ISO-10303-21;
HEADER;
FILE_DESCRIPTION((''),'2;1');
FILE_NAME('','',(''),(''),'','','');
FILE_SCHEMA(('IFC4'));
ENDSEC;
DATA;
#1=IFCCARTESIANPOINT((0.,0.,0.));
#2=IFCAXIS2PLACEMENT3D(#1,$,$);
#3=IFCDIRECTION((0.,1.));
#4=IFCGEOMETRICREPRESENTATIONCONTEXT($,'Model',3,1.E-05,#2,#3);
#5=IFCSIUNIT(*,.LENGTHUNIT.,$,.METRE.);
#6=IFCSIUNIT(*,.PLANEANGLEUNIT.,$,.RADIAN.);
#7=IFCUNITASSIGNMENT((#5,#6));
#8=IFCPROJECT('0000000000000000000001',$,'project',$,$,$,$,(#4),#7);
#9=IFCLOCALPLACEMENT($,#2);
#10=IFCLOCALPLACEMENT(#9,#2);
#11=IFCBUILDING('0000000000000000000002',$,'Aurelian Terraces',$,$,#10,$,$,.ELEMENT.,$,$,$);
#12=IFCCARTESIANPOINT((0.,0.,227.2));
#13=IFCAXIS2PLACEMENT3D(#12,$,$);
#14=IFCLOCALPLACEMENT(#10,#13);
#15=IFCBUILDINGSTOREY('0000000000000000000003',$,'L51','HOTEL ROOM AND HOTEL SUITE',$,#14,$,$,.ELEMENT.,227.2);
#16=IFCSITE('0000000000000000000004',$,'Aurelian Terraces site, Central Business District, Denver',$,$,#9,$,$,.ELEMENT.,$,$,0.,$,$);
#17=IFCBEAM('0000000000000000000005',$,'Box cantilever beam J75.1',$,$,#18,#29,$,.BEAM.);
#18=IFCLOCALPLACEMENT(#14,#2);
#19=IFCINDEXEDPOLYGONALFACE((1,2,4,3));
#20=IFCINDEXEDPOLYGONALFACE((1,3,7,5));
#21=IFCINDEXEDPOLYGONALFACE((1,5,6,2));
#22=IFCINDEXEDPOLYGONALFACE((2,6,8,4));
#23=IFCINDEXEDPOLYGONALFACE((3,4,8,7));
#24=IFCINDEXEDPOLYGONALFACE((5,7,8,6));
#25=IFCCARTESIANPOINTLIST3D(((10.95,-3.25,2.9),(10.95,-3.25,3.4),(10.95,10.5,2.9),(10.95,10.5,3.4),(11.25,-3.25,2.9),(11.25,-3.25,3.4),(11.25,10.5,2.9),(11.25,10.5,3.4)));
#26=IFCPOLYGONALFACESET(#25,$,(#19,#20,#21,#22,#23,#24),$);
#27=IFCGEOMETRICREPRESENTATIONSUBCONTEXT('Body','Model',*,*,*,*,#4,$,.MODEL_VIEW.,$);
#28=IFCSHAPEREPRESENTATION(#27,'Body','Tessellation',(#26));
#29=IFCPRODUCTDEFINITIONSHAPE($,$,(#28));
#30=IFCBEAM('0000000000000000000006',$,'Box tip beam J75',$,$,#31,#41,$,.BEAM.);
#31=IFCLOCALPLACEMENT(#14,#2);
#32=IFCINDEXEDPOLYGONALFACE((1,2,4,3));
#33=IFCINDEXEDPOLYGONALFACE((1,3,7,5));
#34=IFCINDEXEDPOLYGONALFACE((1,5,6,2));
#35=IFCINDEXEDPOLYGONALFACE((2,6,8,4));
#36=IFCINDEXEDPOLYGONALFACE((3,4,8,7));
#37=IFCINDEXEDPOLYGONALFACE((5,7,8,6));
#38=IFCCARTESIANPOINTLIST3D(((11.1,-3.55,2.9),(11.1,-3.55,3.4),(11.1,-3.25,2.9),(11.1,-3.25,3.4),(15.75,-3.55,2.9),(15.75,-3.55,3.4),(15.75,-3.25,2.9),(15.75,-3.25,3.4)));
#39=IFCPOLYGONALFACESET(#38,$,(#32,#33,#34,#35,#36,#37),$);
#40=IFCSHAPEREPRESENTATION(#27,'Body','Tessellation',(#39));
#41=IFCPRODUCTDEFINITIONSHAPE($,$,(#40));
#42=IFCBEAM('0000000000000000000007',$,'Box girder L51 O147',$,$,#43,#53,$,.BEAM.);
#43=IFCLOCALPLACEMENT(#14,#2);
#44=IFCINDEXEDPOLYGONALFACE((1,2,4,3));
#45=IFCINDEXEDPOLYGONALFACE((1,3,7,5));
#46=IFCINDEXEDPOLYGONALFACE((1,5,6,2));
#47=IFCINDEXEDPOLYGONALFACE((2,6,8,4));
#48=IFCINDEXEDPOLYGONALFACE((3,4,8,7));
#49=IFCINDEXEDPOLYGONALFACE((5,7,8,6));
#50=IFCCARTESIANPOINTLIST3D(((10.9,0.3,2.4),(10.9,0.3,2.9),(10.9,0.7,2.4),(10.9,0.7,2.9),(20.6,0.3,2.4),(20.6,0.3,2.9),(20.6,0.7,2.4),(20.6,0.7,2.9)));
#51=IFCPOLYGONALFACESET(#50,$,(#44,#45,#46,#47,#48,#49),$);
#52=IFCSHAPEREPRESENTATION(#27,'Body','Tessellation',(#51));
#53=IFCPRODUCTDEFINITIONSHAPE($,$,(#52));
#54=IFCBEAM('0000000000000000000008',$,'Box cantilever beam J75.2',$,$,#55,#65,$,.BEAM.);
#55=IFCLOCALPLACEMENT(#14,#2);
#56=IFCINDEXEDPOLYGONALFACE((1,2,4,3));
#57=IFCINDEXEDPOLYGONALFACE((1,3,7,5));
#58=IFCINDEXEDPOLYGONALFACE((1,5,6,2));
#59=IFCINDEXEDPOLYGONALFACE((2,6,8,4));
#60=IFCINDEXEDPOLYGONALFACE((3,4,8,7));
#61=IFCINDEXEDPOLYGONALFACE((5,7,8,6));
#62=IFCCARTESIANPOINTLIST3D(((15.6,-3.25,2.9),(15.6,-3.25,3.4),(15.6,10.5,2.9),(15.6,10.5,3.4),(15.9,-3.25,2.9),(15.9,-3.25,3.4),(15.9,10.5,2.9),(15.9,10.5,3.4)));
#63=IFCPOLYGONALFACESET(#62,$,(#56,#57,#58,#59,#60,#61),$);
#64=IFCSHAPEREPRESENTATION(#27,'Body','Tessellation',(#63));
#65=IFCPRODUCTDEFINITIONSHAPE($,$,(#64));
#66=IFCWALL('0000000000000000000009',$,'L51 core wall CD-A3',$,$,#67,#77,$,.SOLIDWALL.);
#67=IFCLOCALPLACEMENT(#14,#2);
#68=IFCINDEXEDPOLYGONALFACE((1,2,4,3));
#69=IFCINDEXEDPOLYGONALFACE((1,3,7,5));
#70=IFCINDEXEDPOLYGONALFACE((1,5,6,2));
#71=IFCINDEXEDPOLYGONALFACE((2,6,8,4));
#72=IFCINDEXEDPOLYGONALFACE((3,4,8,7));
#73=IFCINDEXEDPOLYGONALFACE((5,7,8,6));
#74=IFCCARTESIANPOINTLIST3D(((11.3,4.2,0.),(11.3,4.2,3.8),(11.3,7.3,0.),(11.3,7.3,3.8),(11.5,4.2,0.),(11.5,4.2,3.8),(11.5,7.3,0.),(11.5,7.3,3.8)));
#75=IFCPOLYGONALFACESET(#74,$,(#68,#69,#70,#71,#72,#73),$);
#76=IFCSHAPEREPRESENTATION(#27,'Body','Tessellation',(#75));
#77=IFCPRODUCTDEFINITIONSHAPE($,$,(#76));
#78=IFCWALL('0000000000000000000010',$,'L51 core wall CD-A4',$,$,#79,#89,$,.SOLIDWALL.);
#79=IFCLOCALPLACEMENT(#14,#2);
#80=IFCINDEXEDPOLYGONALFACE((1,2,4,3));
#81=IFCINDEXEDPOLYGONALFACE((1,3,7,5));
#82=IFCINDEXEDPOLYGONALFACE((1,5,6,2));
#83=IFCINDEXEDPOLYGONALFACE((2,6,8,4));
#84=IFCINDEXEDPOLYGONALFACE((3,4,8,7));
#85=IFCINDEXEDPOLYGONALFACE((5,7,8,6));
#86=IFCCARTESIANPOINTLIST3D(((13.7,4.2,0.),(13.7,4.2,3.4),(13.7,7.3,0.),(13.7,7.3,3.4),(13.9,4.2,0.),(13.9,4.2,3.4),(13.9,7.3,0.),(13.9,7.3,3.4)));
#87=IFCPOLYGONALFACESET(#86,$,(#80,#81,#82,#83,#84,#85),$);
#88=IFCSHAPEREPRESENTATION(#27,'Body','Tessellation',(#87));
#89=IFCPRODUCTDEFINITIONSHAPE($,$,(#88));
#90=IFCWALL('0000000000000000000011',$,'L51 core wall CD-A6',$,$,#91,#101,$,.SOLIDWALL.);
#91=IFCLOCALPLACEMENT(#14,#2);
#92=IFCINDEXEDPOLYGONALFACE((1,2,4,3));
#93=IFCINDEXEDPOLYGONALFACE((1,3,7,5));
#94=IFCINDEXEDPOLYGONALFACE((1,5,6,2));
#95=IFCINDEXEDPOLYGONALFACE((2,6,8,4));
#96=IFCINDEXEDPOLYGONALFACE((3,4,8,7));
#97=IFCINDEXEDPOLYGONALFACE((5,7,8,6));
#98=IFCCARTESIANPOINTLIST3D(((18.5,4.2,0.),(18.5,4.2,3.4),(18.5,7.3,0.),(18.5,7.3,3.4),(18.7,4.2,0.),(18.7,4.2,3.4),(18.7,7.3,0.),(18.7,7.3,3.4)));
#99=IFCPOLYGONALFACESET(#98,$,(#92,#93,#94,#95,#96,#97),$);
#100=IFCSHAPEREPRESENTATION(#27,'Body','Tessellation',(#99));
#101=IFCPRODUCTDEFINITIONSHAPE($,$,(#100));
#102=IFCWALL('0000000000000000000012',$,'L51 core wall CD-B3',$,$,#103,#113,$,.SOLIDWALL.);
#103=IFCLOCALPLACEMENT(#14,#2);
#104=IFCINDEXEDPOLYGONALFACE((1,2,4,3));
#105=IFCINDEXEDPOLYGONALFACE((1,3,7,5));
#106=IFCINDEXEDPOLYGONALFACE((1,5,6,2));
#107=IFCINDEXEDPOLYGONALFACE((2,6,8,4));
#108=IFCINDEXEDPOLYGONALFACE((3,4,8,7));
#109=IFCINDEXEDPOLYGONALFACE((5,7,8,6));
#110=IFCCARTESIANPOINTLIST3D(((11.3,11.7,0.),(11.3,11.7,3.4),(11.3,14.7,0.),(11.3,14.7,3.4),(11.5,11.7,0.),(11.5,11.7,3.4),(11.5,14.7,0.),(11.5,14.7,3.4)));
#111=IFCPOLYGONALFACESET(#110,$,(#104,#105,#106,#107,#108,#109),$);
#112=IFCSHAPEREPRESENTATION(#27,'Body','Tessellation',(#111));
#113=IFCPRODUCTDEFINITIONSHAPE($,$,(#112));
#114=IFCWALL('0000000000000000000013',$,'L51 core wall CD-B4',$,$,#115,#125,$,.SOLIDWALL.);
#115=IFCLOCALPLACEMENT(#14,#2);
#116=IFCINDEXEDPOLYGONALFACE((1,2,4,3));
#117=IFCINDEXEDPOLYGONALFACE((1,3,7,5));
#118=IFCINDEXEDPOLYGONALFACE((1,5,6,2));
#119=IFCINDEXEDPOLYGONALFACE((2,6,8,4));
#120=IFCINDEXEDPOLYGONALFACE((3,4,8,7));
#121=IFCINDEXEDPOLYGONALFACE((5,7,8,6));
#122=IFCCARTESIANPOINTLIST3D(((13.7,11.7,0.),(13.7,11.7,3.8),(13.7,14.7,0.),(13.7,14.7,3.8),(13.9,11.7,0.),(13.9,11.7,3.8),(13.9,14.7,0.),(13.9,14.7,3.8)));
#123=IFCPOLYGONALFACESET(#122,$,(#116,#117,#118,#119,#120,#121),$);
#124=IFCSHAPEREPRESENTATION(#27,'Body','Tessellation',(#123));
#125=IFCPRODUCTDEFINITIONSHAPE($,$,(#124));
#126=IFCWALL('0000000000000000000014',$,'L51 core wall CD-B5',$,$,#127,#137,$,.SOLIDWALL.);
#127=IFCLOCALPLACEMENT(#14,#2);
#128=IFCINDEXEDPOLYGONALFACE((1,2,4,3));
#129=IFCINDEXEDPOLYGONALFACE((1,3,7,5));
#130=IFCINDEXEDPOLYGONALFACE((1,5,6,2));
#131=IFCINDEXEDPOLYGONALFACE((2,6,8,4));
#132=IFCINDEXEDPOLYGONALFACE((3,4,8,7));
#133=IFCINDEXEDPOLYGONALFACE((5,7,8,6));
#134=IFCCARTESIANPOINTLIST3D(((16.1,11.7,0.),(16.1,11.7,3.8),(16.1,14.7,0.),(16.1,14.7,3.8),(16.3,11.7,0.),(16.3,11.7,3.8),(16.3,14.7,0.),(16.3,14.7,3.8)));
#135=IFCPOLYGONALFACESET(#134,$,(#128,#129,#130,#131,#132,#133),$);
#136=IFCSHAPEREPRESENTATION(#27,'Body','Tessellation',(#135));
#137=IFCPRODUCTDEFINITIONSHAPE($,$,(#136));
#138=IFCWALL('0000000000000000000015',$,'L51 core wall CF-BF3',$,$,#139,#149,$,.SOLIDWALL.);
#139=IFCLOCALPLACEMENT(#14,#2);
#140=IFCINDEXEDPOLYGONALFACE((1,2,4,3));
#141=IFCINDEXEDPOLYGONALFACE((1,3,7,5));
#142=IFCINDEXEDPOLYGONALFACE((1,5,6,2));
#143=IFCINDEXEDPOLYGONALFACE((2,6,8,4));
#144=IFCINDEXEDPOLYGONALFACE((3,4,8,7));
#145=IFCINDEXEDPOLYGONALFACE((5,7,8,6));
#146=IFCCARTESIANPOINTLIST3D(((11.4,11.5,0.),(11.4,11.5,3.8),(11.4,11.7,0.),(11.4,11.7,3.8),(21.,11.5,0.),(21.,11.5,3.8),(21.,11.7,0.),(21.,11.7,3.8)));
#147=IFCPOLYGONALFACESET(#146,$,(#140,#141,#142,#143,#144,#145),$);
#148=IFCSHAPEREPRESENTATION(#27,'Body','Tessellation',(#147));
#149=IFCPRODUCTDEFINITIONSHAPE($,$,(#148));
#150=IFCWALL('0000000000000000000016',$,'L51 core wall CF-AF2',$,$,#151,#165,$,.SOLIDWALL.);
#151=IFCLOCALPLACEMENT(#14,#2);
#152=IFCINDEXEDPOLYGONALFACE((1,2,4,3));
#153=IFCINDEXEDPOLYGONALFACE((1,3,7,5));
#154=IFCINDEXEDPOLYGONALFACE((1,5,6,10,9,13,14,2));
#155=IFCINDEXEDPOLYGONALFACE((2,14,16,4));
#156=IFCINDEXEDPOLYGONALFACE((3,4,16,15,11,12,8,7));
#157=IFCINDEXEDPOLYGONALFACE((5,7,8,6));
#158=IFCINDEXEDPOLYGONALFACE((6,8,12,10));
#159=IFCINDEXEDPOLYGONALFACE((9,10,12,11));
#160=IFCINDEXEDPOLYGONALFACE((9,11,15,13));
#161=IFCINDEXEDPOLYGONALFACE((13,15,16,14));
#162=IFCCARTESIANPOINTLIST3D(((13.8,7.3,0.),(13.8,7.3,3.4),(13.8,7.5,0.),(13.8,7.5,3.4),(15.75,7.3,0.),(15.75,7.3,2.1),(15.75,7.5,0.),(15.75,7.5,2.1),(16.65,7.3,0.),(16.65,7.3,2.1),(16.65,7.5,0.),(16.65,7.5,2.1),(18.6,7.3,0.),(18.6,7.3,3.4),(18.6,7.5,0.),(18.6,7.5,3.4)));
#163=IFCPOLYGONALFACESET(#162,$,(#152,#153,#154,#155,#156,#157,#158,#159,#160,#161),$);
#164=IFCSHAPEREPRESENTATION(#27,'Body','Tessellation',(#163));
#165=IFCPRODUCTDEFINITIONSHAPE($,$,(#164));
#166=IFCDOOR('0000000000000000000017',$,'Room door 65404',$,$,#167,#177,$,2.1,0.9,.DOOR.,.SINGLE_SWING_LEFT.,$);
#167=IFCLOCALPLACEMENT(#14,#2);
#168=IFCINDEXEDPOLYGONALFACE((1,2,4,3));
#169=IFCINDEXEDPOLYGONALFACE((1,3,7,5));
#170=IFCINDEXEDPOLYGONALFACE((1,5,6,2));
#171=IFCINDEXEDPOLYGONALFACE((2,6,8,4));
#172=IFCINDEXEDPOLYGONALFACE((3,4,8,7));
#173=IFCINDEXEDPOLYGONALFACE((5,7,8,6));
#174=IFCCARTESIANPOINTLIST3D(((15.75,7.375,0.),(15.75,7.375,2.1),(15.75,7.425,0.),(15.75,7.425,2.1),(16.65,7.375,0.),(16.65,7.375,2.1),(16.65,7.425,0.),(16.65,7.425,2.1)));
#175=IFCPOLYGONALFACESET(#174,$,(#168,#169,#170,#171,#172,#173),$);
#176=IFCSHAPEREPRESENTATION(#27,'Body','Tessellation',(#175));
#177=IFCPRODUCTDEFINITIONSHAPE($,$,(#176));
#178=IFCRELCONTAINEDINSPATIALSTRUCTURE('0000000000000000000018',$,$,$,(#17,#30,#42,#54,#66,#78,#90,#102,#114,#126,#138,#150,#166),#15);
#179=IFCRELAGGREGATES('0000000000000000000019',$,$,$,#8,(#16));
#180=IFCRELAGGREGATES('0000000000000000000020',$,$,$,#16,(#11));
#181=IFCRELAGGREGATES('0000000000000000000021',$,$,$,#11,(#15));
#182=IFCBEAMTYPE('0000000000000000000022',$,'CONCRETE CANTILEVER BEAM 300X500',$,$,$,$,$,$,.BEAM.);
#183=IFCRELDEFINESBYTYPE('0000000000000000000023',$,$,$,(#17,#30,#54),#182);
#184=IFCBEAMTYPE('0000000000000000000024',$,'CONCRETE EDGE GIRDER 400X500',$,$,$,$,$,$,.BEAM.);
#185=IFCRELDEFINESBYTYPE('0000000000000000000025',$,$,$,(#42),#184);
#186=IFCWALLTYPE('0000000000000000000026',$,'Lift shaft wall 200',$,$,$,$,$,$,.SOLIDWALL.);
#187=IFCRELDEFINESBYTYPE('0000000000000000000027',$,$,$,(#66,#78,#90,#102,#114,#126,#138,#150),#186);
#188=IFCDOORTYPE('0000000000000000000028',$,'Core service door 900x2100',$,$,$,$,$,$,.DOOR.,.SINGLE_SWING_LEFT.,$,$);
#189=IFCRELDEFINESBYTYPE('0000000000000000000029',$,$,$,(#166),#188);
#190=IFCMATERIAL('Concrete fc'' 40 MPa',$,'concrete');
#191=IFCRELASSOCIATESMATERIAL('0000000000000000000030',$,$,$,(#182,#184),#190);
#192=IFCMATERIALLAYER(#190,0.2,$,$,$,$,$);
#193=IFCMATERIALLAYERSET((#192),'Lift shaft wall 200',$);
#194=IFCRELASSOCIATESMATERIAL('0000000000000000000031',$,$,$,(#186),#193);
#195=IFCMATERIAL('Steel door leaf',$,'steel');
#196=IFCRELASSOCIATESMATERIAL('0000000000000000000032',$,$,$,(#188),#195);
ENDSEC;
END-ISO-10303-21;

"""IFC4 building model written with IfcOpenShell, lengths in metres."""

from ifc_helpers import new_model, si_unit, direction, frame, frame_2d, origin, origin_2d, place, context, subcontext, project, spatial, rectangle, extrude, source, transform, mapped, material, layer, layer_set, material_profile, profile_set, type_object, element, fill, save


model = new_model("IFC4")

# Units and contexts
model_context = context("Model", 3, precision=1e-05, world=origin(), true_north=direction((0.0, 1.0)))
body_context = subcontext(model_context, "Body", "Model", "MODEL_VIEW")
ifc_project = project(units=[si_unit("LENGTHUNIT", "METRE"), si_unit("PLANEANGLEUNIT", "RADIAN")], contexts=[model_context])

# Site, building, storey
site_placement = place(None, origin())
site = spatial("IfcSite", under=ifc_project, at=site_placement, Name="Aurelian Terraces site, Central Business District, Denver", CompositionType="ELEMENT", RefElevation=0.0)
building_placement = place(site_placement, origin())
building = spatial("IfcBuilding", under=site, at=building_placement, Name="Aurelian Terraces", CompositionType="ELEMENT")
storey_placement = place(building_placement, frame((0.0, 0.0, 227.2)))
storey = spatial("IfcBuildingStorey", under=building, at=storey_placement, Name="L51", Description="HOTEL ROOM AND HOTEL SUITE", CompositionType="ELEMENT", Elevation=227.2)

# Beams
ifc_material_1 = material(Name="Concrete fc' 40 MPa", Category="concrete")
ifc_material_profile_1 = material_profile(ifc_material_1, rectangle(XDim=0.3, YDim=0.5, at=origin_2d()))
ifc_profile_set_1 = profile_set([ifc_material_profile_1], Name="Concrete fc' 40 MPa")
beam_type_1 = type_object("IfcBeamType", Name="CONCRETE CANTILEVER BEAM 300X500", PredefinedType="BEAM", material=ifc_profile_set_1)
beam_1_placement = place(storey_placement, frame((11.1, -3.25, 3.15), z_axis=(0.0, 1.0, 0.0), x_axis=(-1.0, 0.0, 0.0)))
element("IfcBeam", 1, at=beam_1_placement, inside=storey, type_object=beam_type_1, Name="Box cantilever beam J75.1", PredefinedType="BEAM", context=body_context, shape_type="SweptSolid", body=[
    extrude(rectangle(XDim=0.3, YDim=0.5, at=origin_2d()), origin(), (0.0, 0.0, 1.0), 13.75),
])
beam_2_placement = place(storey_placement, frame((11.1, -3.4, 3.15), z_axis=(1.0, 0.0, 0.0), x_axis=(0.0, 1.0, 0.0)))
element("IfcBeam", 2, at=beam_2_placement, inside=storey, type_object=beam_type_1, Name="Box tip beam J75", PredefinedType="BEAM", context=body_context, shape_type="SweptSolid", body=[
    extrude(rectangle(XDim=0.3, YDim=0.5, at=origin_2d()), origin(), (0.0, 0.0, 1.0), 4.65),
])
ifc_material_profile_2 = material_profile(ifc_material_1, rectangle(XDim=0.4, YDim=0.5, at=origin_2d()))
ifc_profile_set_2 = profile_set([ifc_material_profile_2], Name="Concrete fc' 40 MPa")
beam_type_2 = type_object("IfcBeamType", Name="CONCRETE EDGE GIRDER 400X500", PredefinedType="BEAM", material=ifc_profile_set_2)
beam_3_placement = place(storey_placement, frame((10.9, 0.5, 2.65), z_axis=(1.0, 0.0, 0.0), x_axis=(0.0, 1.0, 0.0)))
element("IfcBeam", 3, at=beam_3_placement, inside=storey, type_object=beam_type_2, Name="Box girder L51 O147", PredefinedType="BEAM", context=body_context, shape_type="SweptSolid", body=[
    extrude(rectangle(XDim=0.4, YDim=0.5, at=origin_2d()), origin(), (0.0, 0.0, 1.0), 9.7),
])
shared_shape_1 = source(origin(), body_context, "Body", "SweptSolid", [
    extrude(rectangle(XDim=0.3, YDim=0.5, at=origin_2d()), origin(), (0.0, 0.0, 1.0), 13.75),
])
beam_4_placement = place(storey_placement, frame((15.75, -3.25, 3.15), z_axis=(0.0, 1.0, 0.0), x_axis=(-1.0, 0.0, 0.0)))
element("IfcBeam", 4, at=beam_4_placement, inside=storey, type_object=beam_type_1, Name="Box cantilever beam J75.2", PredefinedType="BEAM", context=body_context, shape_type="MappedRepresentation", body=[
    mapped(shared_shape_1, transform((0.0, 0.0, 0.0), scale=1.0)),
])

# Walls
ifc_layer = layer(ifc_material_1, 0.2)
ifc_layer_set = layer_set([ifc_layer], Name="Lift shaft wall 200")
wall_type = type_object("IfcWallType", Name="Lift shaft wall 200", PredefinedType="SOLIDWALL", material=ifc_layer_set)
shared_shape_2 = source(origin(), body_context, "Body", "SweptSolid", [
    extrude(rectangle(XDim=3.1, YDim=0.2, at=frame_2d((1.55, 0.0))), origin(), (0.0, 0.0, 1.0), 3.8),
])
wall_1_placement = place(storey_placement, frame((11.4, 4.2, 0.0), z_axis=(0.0, 0.0, 1.0), x_axis=(0.0, 1.0, 0.0)))
element("IfcWall", 5, at=wall_1_placement, inside=storey, type_object=wall_type, Name="L51 core wall CD-A3", PredefinedType="SOLIDWALL", context=body_context, shape_type="MappedRepresentation", body=[
    mapped(shared_shape_2, transform((0.0, 0.0, 0.0), scale=1.0)),
])
shared_shape_3 = source(origin(), body_context, "Body", "SweptSolid", [
    extrude(rectangle(XDim=3.1, YDim=0.2, at=frame_2d((1.55, 0.0))), origin(), (0.0, 0.0, 1.0), 3.4),
])
for number, where, z_axis, x_axis, name in (
    (6, (13.8, 4.2, 0.0), (0.0, 0.0, 1.0), (0.0, 1.0, 0.0), "L51 core wall CD-A4"),
    (7, (18.6, 4.2, 0.0), (0.0, 0.0, 1.0), (0.0, 1.0, 0.0), "L51 core wall CD-A6"),
):
    element("IfcWall", number, at=place(storey_placement, frame(where, z_axis=z_axis, x_axis=x_axis)), inside=storey, type_object=wall_type, Name=name, PredefinedType="SOLIDWALL", context=body_context, shape_type="MappedRepresentation", body=[
        mapped(shared_shape_3, transform((0.0, 0.0, 0.0), scale=1.0)),
    ])
shared_shape_4 = source(origin(), body_context, "Body", "SweptSolid", [
    extrude(rectangle(XDim=3.0, YDim=0.2, at=frame_2d((1.5, 0.0))), origin(), (0.0, 0.0, 1.0), 3.4),
])
wall_2_placement = place(storey_placement, frame((11.4, 11.7, 0.0), z_axis=(0.0, 0.0, 1.0), x_axis=(0.0, 1.0, 0.0)))
element("IfcWall", 8, at=wall_2_placement, inside=storey, type_object=wall_type, Name="L51 core wall CD-B3", PredefinedType="SOLIDWALL", context=body_context, shape_type="MappedRepresentation", body=[
    mapped(shared_shape_4, transform((0.0, 0.0, 0.0), scale=1.0)),
])
shared_shape_5 = source(origin(), body_context, "Body", "SweptSolid", [
    extrude(rectangle(XDim=3.0, YDim=0.2, at=frame_2d((1.5, 0.0))), origin(), (0.0, 0.0, 1.0), 3.8),
])
for number, where, z_axis, x_axis, name in (
    (9, (13.8, 11.7, 0.0), (0.0, 0.0, 1.0), (0.0, 1.0, 0.0), "L51 core wall CD-B4"),
    (10, (16.2, 11.7, 0.0), (0.0, 0.0, 1.0), (0.0, 1.0, 0.0), "L51 core wall CD-B5"),
):
    element("IfcWall", number, at=place(storey_placement, frame(where, z_axis=z_axis, x_axis=x_axis)), inside=storey, type_object=wall_type, Name=name, PredefinedType="SOLIDWALL", context=body_context, shape_type="MappedRepresentation", body=[
        mapped(shared_shape_5, transform((0.0, 0.0, 0.0), scale=1.0)),
    ])
shared_shape_6 = source(origin(), body_context, "Body", "SweptSolid", [
    extrude(rectangle(XDim=9.6, YDim=0.2, at=frame_2d((4.8, 0.0))), origin(), (0.0, 0.0, 1.0), 3.8),
])
wall_3_placement = place(storey_placement, frame((11.4, 11.6, 0.0), z_axis=(0.0, 0.0, 1.0), x_axis=(1.0, 0.0, 0.0)))
element("IfcWall", 11, at=wall_3_placement, inside=storey, type_object=wall_type, Name="L51 core wall CF-BF3", PredefinedType="SOLIDWALL", context=body_context, shape_type="MappedRepresentation", body=[
    mapped(shared_shape_6, transform((0.0, 0.0, 0.0), scale=1.0)),
])

# Wall, opening, door
shared_shape_7 = source(origin(), body_context, "Body", "SweptSolid", [
    extrude(rectangle(XDim=4.8, YDim=0.2, at=frame_2d((2.4, 0.0))), origin(), (0.0, 0.0, 1.0), 3.4),
])
wall_4_placement = place(storey_placement, frame((13.8, 7.4, 0.0), z_axis=(0.0, 0.0, 1.0), x_axis=(1.0, 0.0, 0.0)))
wall_4 = element("IfcWall", 12, at=wall_4_placement, inside=storey, type_object=wall_type, Name="L51 core wall CF-AF2", PredefinedType="SOLIDWALL", context=body_context, shape_type="MappedRepresentation", body=[
    mapped(shared_shape_7, transform((0.0, 0.0, 0.0), scale=1.0)),
])
shared_shape_8 = source(origin(), body_context, "Body", "SweptSolid", [
    extrude(rectangle(XDim=0.9, YDim=2.1, at=frame_2d((0.45, 1.05))), frame((0.0, 0.11, 0.0), z_axis=(0.0, -1.0, 0.0), x_axis=(1.0, 0.0, 0.0)), (0.0, 0.0, 1.0), 0.22),
])
opening_placement = place(wall_4_placement, frame((1.95, 0.0, 0.0)))
opening = element("IfcOpeningElement", 13, at=opening_placement, cuts=wall_4, PredefinedType="OPENING", context=body_context, shape_type="MappedRepresentation", body=[
    mapped(shared_shape_8, transform((0.0, 0.0, 0.0), scale=1.0)),
])
ifc_material_2 = material(Name="Steel door leaf", Category="steel")
door_type = type_object("IfcDoorType", Name="Core service door 900x2100", OperationType="SINGLE_SWING_LEFT", PredefinedType="DOOR", material=ifc_material_2)
shared_shape_9 = source(origin(), body_context, "Body", "SweptSolid", [
    extrude(rectangle(XDim=0.9, YDim=2.1, at=frame_2d((0.45, 1.05))), frame((0.0, 0.025, 0.0), z_axis=(0.0, -1.0, 0.0), x_axis=(1.0, 0.0, 0.0)), (0.0, 0.0, 1.0), 0.05),
])
door_placement = place(opening_placement, origin())
door = element("IfcDoor", 14, at=door_placement, inside=storey, type_object=door_type, Name="Room door 65404", OperationType="SINGLE_SWING_LEFT", OverallHeight=2.1, OverallWidth=0.9, PredefinedType="DOOR", context=body_context, shape_type="MappedRepresentation", body=[
    mapped(shared_shape_9, transform((0.0, 0.0, 0.0), scale=1.0)),
])
fill(opening, door)

save(model, "model.ifc")
